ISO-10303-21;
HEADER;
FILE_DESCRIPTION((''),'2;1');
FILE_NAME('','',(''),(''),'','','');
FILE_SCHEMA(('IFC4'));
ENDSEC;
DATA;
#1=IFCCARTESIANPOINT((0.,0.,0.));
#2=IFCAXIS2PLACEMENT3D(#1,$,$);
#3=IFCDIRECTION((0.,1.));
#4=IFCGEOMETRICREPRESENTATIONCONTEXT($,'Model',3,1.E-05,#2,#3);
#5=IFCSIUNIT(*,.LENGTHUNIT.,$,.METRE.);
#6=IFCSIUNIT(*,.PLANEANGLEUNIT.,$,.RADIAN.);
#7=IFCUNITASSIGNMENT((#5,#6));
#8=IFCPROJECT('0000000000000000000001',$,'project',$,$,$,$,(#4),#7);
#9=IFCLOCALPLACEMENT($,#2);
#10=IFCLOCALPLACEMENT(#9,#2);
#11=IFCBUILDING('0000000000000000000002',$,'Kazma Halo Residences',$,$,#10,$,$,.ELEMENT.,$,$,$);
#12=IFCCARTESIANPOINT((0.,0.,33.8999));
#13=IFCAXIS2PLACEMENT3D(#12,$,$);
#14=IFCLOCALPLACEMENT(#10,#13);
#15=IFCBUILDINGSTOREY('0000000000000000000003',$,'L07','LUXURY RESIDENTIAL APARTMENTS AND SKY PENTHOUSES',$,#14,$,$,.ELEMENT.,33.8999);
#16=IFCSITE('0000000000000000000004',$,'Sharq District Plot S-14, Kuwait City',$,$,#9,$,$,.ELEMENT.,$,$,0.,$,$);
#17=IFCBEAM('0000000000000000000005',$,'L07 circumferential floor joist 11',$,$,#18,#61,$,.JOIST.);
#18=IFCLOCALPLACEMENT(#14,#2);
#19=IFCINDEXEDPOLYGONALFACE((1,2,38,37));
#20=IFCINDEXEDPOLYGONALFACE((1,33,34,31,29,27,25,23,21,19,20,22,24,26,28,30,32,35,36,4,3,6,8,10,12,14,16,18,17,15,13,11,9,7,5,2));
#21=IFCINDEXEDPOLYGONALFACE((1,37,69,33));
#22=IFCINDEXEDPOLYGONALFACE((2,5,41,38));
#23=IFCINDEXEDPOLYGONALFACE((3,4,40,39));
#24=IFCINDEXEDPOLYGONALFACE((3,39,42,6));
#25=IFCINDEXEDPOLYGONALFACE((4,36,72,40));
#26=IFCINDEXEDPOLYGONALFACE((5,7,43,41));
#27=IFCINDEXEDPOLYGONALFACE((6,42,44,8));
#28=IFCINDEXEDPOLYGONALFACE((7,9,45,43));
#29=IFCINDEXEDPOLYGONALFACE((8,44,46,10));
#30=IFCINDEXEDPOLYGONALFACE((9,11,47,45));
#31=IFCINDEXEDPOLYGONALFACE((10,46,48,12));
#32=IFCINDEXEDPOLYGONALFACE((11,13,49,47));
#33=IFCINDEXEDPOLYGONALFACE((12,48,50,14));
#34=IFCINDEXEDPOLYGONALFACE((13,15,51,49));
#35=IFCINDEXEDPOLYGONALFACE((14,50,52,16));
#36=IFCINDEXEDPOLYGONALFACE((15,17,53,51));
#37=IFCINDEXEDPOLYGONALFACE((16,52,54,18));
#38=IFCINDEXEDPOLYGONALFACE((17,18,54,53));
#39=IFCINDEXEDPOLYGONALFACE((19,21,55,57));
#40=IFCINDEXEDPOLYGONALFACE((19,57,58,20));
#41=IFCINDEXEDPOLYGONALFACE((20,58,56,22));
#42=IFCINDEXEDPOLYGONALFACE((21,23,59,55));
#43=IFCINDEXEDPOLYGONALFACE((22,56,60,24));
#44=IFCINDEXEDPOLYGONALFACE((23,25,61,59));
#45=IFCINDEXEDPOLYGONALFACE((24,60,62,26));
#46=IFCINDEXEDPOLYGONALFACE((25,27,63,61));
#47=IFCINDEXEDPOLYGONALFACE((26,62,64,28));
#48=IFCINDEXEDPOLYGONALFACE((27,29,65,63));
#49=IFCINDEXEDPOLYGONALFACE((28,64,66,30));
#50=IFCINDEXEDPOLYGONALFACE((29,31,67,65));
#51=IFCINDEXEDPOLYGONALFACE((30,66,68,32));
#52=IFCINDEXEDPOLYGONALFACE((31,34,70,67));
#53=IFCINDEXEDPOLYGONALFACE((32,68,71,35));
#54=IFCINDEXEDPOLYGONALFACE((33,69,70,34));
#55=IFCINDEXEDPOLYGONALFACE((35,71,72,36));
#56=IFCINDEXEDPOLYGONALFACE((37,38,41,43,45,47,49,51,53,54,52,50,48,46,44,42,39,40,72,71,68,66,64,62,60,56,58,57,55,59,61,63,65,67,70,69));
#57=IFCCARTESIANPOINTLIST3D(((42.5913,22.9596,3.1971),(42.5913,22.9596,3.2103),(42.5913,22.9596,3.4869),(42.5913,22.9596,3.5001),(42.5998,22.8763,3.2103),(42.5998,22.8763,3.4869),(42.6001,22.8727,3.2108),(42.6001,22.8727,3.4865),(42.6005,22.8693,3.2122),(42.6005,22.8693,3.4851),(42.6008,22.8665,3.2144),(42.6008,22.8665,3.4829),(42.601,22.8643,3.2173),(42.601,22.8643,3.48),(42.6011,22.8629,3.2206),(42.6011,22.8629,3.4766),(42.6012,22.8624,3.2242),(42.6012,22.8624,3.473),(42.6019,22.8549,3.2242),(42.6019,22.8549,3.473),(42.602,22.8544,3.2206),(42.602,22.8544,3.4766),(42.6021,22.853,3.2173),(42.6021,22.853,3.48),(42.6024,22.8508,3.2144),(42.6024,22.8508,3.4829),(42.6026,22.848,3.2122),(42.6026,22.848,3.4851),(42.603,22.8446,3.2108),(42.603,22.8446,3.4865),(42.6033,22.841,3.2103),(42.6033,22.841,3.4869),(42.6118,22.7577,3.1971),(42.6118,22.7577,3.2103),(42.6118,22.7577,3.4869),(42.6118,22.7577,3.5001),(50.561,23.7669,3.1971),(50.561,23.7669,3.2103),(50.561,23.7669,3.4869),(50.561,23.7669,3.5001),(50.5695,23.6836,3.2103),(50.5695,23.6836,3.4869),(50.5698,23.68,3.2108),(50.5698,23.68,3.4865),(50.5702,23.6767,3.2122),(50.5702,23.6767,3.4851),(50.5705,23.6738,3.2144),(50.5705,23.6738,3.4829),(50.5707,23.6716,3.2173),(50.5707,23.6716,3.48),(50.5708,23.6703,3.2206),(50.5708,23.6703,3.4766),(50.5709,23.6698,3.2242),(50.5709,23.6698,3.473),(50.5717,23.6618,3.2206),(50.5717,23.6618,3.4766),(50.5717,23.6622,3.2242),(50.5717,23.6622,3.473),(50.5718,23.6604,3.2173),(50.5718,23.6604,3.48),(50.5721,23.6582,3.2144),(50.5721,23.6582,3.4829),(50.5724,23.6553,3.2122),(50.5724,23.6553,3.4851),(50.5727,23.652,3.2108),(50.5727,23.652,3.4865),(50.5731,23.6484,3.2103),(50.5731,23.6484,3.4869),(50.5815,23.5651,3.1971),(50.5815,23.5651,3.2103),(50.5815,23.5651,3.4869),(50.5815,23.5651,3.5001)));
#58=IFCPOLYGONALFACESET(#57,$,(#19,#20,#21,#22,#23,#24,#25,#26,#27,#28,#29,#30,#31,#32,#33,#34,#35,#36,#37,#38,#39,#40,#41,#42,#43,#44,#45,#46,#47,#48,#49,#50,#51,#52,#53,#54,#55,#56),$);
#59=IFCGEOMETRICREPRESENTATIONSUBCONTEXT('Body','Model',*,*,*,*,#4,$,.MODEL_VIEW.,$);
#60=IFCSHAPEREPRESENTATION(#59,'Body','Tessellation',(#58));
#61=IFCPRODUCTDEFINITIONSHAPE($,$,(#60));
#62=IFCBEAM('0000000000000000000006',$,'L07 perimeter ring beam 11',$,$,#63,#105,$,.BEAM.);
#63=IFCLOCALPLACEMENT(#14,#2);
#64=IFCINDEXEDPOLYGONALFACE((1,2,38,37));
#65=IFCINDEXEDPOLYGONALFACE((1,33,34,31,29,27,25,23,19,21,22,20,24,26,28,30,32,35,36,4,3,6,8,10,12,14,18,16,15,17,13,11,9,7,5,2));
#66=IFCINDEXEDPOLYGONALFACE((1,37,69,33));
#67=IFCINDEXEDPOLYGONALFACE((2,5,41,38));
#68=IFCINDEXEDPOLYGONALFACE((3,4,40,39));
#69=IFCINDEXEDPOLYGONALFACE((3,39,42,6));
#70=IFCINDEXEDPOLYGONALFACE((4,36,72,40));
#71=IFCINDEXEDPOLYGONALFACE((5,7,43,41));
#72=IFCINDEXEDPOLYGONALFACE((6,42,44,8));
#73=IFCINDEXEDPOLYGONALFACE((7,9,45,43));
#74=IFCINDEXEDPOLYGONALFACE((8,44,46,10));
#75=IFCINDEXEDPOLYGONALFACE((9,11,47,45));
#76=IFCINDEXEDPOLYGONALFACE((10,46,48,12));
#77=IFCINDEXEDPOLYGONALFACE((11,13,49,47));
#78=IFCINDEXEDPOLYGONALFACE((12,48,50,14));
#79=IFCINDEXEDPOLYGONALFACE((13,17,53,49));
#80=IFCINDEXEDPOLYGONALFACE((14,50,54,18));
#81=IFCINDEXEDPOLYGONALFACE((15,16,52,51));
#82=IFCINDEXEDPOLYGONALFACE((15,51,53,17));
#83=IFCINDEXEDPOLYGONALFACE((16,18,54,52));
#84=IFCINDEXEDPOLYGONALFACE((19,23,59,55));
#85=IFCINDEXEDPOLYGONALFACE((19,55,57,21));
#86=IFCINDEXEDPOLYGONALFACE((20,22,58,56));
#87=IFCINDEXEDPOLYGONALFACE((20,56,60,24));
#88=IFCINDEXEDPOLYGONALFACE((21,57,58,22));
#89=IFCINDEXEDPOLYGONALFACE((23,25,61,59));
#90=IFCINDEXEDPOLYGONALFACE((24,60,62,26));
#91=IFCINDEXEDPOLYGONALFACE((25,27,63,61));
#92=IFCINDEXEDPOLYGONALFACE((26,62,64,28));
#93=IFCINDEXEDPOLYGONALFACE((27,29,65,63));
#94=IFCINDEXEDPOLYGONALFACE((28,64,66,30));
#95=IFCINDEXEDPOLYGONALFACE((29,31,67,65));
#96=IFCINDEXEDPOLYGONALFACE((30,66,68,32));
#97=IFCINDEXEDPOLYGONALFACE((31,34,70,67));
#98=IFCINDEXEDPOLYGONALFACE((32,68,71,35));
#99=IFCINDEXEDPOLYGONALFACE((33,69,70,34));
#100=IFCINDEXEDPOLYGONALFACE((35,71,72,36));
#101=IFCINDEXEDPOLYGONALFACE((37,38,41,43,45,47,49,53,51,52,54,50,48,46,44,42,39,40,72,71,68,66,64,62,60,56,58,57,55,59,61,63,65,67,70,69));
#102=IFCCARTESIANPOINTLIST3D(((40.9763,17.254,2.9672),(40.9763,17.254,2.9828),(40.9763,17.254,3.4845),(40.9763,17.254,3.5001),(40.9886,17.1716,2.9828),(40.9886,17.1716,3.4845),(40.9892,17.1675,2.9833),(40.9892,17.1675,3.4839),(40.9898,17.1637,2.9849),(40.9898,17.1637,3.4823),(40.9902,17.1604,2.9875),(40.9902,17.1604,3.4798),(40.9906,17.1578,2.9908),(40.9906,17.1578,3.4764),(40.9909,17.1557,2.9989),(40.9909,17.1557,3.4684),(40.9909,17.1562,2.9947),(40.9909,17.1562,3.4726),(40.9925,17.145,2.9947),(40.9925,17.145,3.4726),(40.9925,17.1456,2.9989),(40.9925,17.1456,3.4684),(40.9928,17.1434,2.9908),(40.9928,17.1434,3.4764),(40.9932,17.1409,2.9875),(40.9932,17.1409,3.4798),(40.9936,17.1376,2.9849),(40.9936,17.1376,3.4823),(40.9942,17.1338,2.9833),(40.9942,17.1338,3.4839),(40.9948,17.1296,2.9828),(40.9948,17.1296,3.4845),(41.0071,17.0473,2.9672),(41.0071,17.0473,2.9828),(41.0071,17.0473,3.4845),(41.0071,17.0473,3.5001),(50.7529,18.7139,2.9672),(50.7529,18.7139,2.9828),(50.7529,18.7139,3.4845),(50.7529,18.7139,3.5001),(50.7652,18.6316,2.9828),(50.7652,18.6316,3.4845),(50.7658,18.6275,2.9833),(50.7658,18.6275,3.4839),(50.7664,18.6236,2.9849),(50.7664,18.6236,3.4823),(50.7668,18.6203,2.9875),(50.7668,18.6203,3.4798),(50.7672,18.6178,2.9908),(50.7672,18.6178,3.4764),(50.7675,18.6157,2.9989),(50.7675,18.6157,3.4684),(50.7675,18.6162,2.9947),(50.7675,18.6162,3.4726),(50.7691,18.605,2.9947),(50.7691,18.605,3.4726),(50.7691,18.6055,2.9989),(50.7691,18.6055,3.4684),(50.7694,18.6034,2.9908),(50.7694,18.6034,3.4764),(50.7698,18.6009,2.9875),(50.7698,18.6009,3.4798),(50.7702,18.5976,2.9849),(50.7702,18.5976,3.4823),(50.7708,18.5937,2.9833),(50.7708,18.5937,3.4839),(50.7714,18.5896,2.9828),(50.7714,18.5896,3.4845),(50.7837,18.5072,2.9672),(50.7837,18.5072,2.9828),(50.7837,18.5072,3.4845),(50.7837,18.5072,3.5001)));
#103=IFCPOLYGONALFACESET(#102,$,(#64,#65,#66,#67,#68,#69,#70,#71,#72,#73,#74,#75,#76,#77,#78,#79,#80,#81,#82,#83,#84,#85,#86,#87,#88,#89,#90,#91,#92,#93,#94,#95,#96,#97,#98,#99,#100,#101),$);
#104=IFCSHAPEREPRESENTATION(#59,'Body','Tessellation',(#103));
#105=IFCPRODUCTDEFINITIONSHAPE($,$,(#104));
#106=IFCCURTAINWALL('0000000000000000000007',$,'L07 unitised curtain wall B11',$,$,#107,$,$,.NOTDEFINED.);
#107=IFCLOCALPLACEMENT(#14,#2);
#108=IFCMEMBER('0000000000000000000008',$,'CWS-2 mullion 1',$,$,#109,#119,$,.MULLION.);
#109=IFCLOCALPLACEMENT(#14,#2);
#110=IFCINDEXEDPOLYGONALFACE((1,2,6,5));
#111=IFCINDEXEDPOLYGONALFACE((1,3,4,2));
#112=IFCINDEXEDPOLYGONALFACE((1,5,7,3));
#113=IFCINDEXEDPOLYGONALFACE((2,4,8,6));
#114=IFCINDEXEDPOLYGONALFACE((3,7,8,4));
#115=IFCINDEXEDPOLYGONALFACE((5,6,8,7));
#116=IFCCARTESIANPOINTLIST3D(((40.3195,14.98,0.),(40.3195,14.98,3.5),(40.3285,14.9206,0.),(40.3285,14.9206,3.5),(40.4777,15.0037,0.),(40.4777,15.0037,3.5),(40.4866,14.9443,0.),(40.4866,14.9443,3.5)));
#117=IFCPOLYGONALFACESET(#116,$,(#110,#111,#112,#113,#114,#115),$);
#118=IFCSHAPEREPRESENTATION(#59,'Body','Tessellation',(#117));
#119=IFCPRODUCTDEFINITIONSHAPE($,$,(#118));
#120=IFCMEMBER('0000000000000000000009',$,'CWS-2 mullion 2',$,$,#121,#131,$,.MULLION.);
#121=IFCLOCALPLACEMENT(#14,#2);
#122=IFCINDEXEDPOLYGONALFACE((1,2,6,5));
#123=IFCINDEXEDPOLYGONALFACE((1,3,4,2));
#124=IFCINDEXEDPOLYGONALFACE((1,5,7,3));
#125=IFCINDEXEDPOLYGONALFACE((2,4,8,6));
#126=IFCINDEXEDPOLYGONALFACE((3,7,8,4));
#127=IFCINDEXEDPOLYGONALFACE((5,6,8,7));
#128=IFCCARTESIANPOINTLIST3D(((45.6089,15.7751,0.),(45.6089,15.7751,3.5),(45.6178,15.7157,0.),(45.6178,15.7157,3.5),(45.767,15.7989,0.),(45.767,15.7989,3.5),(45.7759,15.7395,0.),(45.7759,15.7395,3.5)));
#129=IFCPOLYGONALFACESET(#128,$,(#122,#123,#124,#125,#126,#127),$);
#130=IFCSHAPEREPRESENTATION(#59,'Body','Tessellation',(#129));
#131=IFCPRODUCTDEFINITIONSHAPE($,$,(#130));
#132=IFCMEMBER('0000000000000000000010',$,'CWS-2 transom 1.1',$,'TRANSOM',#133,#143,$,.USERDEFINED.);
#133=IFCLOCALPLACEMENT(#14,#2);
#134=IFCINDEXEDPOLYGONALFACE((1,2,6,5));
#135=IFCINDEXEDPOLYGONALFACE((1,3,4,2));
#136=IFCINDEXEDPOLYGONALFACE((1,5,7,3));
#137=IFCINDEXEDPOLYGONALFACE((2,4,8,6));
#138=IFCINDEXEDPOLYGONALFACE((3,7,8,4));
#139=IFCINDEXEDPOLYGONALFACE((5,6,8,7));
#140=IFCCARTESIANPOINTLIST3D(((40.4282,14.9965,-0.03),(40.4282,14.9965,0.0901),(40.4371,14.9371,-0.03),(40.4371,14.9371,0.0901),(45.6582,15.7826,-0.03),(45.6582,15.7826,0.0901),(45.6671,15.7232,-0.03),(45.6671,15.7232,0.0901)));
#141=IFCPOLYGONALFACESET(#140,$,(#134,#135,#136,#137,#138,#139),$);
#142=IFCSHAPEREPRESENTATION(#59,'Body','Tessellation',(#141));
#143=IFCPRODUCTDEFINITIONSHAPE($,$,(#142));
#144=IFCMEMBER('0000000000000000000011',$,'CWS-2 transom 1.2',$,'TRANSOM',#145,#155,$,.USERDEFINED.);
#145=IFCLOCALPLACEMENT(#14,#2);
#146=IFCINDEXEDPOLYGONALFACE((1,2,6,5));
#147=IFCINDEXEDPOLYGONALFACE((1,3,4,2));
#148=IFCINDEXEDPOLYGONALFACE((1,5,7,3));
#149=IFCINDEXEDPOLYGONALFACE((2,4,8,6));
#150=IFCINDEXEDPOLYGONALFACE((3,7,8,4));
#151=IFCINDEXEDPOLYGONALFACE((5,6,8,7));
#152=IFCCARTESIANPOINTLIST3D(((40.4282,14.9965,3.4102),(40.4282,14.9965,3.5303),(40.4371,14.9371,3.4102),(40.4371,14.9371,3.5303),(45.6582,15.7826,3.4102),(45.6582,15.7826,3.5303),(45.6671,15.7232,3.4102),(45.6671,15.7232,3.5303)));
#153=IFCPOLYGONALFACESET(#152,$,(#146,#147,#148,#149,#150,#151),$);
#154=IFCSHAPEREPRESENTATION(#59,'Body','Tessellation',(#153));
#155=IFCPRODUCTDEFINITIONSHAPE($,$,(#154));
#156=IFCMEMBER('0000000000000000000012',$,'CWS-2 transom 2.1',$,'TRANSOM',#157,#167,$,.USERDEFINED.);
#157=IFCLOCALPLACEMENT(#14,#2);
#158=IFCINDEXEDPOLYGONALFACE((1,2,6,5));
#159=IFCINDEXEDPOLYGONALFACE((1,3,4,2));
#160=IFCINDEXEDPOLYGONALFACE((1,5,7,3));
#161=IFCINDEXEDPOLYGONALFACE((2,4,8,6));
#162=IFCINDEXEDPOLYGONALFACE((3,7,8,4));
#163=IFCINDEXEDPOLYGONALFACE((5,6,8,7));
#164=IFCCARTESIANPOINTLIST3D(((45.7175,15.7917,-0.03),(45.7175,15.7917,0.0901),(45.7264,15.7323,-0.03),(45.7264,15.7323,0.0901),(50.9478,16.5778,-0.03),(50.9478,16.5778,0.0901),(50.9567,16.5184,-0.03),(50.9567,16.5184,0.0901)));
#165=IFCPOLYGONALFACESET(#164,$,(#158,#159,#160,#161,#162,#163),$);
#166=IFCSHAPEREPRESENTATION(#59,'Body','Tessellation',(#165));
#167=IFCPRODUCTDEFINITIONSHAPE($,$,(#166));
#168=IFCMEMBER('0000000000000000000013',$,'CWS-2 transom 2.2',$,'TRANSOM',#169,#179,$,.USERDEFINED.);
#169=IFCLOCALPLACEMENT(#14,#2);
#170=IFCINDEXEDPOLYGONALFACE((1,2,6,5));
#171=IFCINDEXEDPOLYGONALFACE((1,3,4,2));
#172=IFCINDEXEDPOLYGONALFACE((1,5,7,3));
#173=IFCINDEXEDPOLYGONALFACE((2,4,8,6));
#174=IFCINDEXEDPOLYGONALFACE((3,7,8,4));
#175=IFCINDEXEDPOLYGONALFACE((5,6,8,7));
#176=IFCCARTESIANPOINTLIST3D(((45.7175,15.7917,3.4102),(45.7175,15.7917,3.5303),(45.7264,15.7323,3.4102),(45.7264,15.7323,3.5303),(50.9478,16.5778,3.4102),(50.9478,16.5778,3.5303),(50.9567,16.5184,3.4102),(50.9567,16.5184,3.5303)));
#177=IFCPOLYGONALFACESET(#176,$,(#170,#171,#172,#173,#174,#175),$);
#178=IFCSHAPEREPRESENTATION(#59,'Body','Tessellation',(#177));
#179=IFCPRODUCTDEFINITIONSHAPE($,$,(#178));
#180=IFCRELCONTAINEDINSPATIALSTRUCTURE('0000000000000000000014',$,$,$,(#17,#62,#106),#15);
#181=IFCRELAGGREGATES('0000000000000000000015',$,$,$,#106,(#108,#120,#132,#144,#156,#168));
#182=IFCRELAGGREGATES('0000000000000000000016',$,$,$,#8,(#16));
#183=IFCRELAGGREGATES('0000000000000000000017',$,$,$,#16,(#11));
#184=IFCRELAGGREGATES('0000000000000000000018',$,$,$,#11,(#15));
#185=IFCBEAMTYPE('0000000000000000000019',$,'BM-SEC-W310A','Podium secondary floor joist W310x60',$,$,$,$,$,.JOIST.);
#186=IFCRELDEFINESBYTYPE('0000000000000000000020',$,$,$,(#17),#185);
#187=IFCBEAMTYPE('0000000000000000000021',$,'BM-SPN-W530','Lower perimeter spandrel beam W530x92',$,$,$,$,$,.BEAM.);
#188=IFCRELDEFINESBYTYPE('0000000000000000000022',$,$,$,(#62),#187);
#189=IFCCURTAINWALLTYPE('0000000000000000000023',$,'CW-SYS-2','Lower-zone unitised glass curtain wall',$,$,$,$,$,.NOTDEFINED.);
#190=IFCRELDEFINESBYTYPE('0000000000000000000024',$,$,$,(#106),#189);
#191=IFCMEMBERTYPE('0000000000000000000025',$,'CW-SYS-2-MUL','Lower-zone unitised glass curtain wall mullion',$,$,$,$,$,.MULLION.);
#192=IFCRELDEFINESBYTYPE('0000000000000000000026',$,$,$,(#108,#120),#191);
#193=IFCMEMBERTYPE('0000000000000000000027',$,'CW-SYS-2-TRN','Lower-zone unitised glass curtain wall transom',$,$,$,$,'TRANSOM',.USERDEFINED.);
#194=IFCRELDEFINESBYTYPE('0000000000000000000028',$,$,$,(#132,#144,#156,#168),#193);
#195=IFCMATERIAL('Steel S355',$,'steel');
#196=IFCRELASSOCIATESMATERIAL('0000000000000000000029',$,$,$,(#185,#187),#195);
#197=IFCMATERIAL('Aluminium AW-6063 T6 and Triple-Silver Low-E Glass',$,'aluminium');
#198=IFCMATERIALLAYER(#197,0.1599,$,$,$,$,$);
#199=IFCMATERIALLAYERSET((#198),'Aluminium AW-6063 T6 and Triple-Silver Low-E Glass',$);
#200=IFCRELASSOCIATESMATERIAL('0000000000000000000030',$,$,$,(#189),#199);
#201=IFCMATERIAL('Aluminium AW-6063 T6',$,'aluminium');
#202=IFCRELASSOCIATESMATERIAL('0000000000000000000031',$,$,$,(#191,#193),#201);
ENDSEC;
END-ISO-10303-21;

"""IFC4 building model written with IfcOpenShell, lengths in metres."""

from ifc_helpers import new_model, si_unit, direction, frame, origin, origin_2d, place, context, subcontext, project, spatial, rectangle, i_section, extrude, material, layer, layer_set, material_profile, profile_set, type_object, element, aggregate, save


model = new_model("IFC4")

# Units and contexts
model_context = context("Model", 3, precision=1e-05, world=origin(), true_north=direction((0.0, 1.0)))
body_context = subcontext(model_context, "Body", "Model", "MODEL_VIEW")
ifc_project = project(units=[si_unit("LENGTHUNIT", "METRE"), si_unit("PLANEANGLEUNIT", "RADIAN")], contexts=[model_context])

# Site, building, storey
site_placement = place(None, origin())
site = spatial("IfcSite", under=ifc_project, at=site_placement, Name="Sharq District Plot S-14, Kuwait City", CompositionType="ELEMENT", RefElevation=0.0)
building_placement = place(site_placement, origin())
building = spatial("IfcBuilding", under=site, at=building_placement, Name="Kazma Halo Residences", CompositionType="ELEMENT")
storey_placement = place(building_placement, frame((0.0, 0.0, 33.8999)))
storey = spatial("IfcBuildingStorey", under=building, at=storey_placement, Name="L07", Description="LUXURY RESIDENTIAL APARTMENTS AND SKY PENTHOUSES", CompositionType="ELEMENT", Elevation=33.8999)

# Beams
ifc_material_1 = material(Name="Steel S355", Category="steel")
ifc_material_profile_1 = material_profile(ifc_material_1, i_section(OverallWidth=0.2029, OverallDepth=0.303, WebThickness=0.0076, FlangeThickness=0.0132, FilletRadius=0.0139, at=origin_2d()), Name="W310x60")
ifc_profile_set_1 = profile_set([ifc_material_profile_1], Name="Steel S355")
beam_type_1 = type_object("IfcBeamType", Name="BM-SEC-W310A", Description="Podium secondary floor joist W310x60", PredefinedType="JOIST", material=ifc_profile_set_1)
beam_1_placement = place(storey_placement, frame((42.6016, 22.8586, 3.3486), z_axis=(0.994908, 0.100789, 0.0), x_axis=(-0.100789, 0.994908, 0.0)))
element("IfcBeam", 1, at=beam_1_placement, inside=storey, type_object=beam_type_1, Name="L07 circumferential floor joist 11", PredefinedType="JOIST", context=body_context, shape_type="SweptSolid", body=[
    extrude(i_section(OverallWidth=0.2029, OverallDepth=0.303, WebThickness=0.0076, FlangeThickness=0.0132, FilletRadius=0.0139, at=origin_2d()), origin(), (0.0, 0.0, 1.0), 8.0105),
])
ifc_material_profile_2 = material_profile(ifc_material_1, i_section(OverallWidth=0.209, OverallDepth=0.533, WebThickness=0.0103, FlangeThickness=0.0156, FilletRadius=0.0161, at=origin_2d()), Name="W530x92")
ifc_profile_set_2 = profile_set([ifc_material_profile_2], Name="Steel S355")
beam_type_2 = type_object("IfcBeamType", Name="BM-SPN-W530", Description="Lower perimeter spandrel beam W530x92", PredefinedType="BEAM", material=ifc_profile_set_2)
beam_2_placement = place(storey_placement, frame((40.9917, 17.1506, 3.2336), z_axis=(0.989033, 0.147694, 0.0), x_axis=(-0.147694, 0.989033, 0.0)))
element("IfcBeam", 2, at=beam_2_placement, inside=storey, type_object=beam_type_2, Name="L07 perimeter ring beam 11", PredefinedType="BEAM", context=body_context, shape_type="SweptSolid", body=[
    extrude(i_section(OverallWidth=0.209, OverallDepth=0.533, WebThickness=0.0103, FlangeThickness=0.0156, FilletRadius=0.0161, at=origin_2d()), origin(), (0.0, 0.0, 1.0), 9.885),
])

# Curtain wall, members
ifc_material_2 = material(Name="Aluminium AW-6063 T6 and Triple-Silver Low-E Glass", Category="aluminium")
ifc_layer_1 = layer(ifc_material_2, 0.1599)
ifc_layer_set_1 = layer_set([ifc_layer_1], Name="Aluminium AW-6063 T6 and Triple-Silver Low-E Glass")
curtain_wall_type = type_object("IfcCurtainWallType", Name="CW-SYS-2", Description="Lower-zone unitised glass curtain wall", PredefinedType="NOTDEFINED", material=ifc_layer_set_1)
curtain_wall_placement = place(storey_placement, origin())
curtain_wall = element("IfcCurtainWall", 3, at=curtain_wall_placement, inside=storey, type_object=curtain_wall_type, Name="L07 unitised curtain wall B11", PredefinedType="NOTDEFINED")
ifc_material_3 = material(Name="Aluminium AW-6063 T6", Category="aluminium")
ifc_material_profile_3 = material_profile(ifc_material_3, rectangle(XDim=0.0601, YDim=0.1599, at=origin_2d()), Name="CWM-60x160")
ifc_profile_set_3 = profile_set([ifc_material_profile_3], Name="Aluminium AW-6063 T6")
member_type_1 = type_object("IfcMemberType", Name="CW-SYS-2-MUL", Description="Lower-zone unitised glass curtain wall mullion", PredefinedType="MULLION", material=ifc_profile_set_3)
member_1_placement = place(storey_placement, frame((40.4031, 14.9622, 0.0), z_axis=(0.0, 0.0, 1.0), x_axis=(-0.148657, 0.988889, 0.0)))
member_1 = element("IfcMember", 4, at=member_1_placement, type_object=member_type_1, Name="CWS-2 mullion 1", PredefinedType="MULLION", context=body_context, shape_type="SweptSolid", body=[
    extrude(rectangle(XDim=0.0601, YDim=0.1599, at=origin_2d()), origin(), (0.0, 0.0, 1.0), 3.5),
])
member_2_placement = place(storey_placement, frame((45.6924, 15.7573, 0.0), z_axis=(0.0, 0.0, 1.0), x_axis=(-0.148657, 0.988889, 0.0)))
member_2 = element("IfcMember", 5, at=member_2_placement, type_object=member_type_1, Name="CWS-2 mullion 2", PredefinedType="MULLION", context=body_context, shape_type="SweptSolid", body=[
    extrude(rectangle(XDim=0.0601, YDim=0.1599, at=origin_2d()), origin(), (0.0, 0.0, 1.0), 3.5),
])
ifc_material_profile_4 = material_profile(ifc_material_3, rectangle(XDim=0.0601, YDim=0.1201, at=origin_2d()), Name="CWT-60x120")
ifc_profile_set_4 = profile_set([ifc_material_profile_4], Name="Aluminium AW-6063 T6")
member_type_2 = type_object("IfcMemberType", Name="CW-SYS-2-TRN", Description="Lower-zone unitised glass curtain wall transom", ElementType="TRANSOM", PredefinedType="USERDEFINED", material=ifc_profile_set_4)
member_3_placement = place(storey_placement, frame((40.4326, 14.9668, 0.03), z_axis=(0.988891, 0.148643, 0.0), x_axis=(-0.148643, 0.988891, 0.0)))
member_3 = element("IfcMember", 6, at=member_3_placement, type_object=member_type_2, Name="CWS-2 transom 1.1", ObjectType="TRANSOM", PredefinedType="USERDEFINED", context=body_context, shape_type="SweptSolid", body=[
    extrude(rectangle(XDim=0.0601, YDim=0.1201, at=origin_2d()), origin(), (0.0, 0.0, 1.0), 5.2888),
])
member_4_placement = place(storey_placement, frame((40.4326, 14.9668, 3.4702), z_axis=(0.988891, 0.148643, 0.0), x_axis=(-0.148643, 0.988891, 0.0)))
member_4 = element("IfcMember", 7, at=member_4_placement, type_object=member_type_2, Name="CWS-2 transom 1.2", ObjectType="TRANSOM", PredefinedType="USERDEFINED", context=body_context, shape_type="SweptSolid", body=[
    extrude(rectangle(XDim=0.0601, YDim=0.1201, at=origin_2d()), origin(), (0.0, 0.0, 1.0), 5.2888),
])
member_5_placement = place(storey_placement, frame((45.7219, 15.762, 0.03), z_axis=(0.988892, 0.148636, 0.0), x_axis=(-0.148636, 0.988892, 0.0)))
member_5 = element("IfcMember", 8, at=member_5_placement, type_object=member_type_2, Name="CWS-2 transom 2.1", ObjectType="TRANSOM", PredefinedType="USERDEFINED", context=body_context, shape_type="SweptSolid", body=[
    extrude(rectangle(XDim=0.0601, YDim=0.1201, at=origin_2d()), origin(), (0.0, 0.0, 1.0), 5.2891),
])
member_6_placement = place(storey_placement, frame((45.7219, 15.762, 3.4702), z_axis=(0.988892, 0.148636, 0.0), x_axis=(-0.148636, 0.988892, 0.0)))
member_6 = element("IfcMember", 9, at=member_6_placement, type_object=member_type_2, Name="CWS-2 transom 2.2", ObjectType="TRANSOM", PredefinedType="USERDEFINED", context=body_context, shape_type="SweptSolid", body=[
    extrude(rectangle(XDim=0.0601, YDim=0.1201, at=origin_2d()), origin(), (0.0, 0.0, 1.0), 5.2891),
])
aggregate(curtain_wall, [member_1, member_2, member_3, member_4, member_5, member_6])

save(model, "model.ifc")
